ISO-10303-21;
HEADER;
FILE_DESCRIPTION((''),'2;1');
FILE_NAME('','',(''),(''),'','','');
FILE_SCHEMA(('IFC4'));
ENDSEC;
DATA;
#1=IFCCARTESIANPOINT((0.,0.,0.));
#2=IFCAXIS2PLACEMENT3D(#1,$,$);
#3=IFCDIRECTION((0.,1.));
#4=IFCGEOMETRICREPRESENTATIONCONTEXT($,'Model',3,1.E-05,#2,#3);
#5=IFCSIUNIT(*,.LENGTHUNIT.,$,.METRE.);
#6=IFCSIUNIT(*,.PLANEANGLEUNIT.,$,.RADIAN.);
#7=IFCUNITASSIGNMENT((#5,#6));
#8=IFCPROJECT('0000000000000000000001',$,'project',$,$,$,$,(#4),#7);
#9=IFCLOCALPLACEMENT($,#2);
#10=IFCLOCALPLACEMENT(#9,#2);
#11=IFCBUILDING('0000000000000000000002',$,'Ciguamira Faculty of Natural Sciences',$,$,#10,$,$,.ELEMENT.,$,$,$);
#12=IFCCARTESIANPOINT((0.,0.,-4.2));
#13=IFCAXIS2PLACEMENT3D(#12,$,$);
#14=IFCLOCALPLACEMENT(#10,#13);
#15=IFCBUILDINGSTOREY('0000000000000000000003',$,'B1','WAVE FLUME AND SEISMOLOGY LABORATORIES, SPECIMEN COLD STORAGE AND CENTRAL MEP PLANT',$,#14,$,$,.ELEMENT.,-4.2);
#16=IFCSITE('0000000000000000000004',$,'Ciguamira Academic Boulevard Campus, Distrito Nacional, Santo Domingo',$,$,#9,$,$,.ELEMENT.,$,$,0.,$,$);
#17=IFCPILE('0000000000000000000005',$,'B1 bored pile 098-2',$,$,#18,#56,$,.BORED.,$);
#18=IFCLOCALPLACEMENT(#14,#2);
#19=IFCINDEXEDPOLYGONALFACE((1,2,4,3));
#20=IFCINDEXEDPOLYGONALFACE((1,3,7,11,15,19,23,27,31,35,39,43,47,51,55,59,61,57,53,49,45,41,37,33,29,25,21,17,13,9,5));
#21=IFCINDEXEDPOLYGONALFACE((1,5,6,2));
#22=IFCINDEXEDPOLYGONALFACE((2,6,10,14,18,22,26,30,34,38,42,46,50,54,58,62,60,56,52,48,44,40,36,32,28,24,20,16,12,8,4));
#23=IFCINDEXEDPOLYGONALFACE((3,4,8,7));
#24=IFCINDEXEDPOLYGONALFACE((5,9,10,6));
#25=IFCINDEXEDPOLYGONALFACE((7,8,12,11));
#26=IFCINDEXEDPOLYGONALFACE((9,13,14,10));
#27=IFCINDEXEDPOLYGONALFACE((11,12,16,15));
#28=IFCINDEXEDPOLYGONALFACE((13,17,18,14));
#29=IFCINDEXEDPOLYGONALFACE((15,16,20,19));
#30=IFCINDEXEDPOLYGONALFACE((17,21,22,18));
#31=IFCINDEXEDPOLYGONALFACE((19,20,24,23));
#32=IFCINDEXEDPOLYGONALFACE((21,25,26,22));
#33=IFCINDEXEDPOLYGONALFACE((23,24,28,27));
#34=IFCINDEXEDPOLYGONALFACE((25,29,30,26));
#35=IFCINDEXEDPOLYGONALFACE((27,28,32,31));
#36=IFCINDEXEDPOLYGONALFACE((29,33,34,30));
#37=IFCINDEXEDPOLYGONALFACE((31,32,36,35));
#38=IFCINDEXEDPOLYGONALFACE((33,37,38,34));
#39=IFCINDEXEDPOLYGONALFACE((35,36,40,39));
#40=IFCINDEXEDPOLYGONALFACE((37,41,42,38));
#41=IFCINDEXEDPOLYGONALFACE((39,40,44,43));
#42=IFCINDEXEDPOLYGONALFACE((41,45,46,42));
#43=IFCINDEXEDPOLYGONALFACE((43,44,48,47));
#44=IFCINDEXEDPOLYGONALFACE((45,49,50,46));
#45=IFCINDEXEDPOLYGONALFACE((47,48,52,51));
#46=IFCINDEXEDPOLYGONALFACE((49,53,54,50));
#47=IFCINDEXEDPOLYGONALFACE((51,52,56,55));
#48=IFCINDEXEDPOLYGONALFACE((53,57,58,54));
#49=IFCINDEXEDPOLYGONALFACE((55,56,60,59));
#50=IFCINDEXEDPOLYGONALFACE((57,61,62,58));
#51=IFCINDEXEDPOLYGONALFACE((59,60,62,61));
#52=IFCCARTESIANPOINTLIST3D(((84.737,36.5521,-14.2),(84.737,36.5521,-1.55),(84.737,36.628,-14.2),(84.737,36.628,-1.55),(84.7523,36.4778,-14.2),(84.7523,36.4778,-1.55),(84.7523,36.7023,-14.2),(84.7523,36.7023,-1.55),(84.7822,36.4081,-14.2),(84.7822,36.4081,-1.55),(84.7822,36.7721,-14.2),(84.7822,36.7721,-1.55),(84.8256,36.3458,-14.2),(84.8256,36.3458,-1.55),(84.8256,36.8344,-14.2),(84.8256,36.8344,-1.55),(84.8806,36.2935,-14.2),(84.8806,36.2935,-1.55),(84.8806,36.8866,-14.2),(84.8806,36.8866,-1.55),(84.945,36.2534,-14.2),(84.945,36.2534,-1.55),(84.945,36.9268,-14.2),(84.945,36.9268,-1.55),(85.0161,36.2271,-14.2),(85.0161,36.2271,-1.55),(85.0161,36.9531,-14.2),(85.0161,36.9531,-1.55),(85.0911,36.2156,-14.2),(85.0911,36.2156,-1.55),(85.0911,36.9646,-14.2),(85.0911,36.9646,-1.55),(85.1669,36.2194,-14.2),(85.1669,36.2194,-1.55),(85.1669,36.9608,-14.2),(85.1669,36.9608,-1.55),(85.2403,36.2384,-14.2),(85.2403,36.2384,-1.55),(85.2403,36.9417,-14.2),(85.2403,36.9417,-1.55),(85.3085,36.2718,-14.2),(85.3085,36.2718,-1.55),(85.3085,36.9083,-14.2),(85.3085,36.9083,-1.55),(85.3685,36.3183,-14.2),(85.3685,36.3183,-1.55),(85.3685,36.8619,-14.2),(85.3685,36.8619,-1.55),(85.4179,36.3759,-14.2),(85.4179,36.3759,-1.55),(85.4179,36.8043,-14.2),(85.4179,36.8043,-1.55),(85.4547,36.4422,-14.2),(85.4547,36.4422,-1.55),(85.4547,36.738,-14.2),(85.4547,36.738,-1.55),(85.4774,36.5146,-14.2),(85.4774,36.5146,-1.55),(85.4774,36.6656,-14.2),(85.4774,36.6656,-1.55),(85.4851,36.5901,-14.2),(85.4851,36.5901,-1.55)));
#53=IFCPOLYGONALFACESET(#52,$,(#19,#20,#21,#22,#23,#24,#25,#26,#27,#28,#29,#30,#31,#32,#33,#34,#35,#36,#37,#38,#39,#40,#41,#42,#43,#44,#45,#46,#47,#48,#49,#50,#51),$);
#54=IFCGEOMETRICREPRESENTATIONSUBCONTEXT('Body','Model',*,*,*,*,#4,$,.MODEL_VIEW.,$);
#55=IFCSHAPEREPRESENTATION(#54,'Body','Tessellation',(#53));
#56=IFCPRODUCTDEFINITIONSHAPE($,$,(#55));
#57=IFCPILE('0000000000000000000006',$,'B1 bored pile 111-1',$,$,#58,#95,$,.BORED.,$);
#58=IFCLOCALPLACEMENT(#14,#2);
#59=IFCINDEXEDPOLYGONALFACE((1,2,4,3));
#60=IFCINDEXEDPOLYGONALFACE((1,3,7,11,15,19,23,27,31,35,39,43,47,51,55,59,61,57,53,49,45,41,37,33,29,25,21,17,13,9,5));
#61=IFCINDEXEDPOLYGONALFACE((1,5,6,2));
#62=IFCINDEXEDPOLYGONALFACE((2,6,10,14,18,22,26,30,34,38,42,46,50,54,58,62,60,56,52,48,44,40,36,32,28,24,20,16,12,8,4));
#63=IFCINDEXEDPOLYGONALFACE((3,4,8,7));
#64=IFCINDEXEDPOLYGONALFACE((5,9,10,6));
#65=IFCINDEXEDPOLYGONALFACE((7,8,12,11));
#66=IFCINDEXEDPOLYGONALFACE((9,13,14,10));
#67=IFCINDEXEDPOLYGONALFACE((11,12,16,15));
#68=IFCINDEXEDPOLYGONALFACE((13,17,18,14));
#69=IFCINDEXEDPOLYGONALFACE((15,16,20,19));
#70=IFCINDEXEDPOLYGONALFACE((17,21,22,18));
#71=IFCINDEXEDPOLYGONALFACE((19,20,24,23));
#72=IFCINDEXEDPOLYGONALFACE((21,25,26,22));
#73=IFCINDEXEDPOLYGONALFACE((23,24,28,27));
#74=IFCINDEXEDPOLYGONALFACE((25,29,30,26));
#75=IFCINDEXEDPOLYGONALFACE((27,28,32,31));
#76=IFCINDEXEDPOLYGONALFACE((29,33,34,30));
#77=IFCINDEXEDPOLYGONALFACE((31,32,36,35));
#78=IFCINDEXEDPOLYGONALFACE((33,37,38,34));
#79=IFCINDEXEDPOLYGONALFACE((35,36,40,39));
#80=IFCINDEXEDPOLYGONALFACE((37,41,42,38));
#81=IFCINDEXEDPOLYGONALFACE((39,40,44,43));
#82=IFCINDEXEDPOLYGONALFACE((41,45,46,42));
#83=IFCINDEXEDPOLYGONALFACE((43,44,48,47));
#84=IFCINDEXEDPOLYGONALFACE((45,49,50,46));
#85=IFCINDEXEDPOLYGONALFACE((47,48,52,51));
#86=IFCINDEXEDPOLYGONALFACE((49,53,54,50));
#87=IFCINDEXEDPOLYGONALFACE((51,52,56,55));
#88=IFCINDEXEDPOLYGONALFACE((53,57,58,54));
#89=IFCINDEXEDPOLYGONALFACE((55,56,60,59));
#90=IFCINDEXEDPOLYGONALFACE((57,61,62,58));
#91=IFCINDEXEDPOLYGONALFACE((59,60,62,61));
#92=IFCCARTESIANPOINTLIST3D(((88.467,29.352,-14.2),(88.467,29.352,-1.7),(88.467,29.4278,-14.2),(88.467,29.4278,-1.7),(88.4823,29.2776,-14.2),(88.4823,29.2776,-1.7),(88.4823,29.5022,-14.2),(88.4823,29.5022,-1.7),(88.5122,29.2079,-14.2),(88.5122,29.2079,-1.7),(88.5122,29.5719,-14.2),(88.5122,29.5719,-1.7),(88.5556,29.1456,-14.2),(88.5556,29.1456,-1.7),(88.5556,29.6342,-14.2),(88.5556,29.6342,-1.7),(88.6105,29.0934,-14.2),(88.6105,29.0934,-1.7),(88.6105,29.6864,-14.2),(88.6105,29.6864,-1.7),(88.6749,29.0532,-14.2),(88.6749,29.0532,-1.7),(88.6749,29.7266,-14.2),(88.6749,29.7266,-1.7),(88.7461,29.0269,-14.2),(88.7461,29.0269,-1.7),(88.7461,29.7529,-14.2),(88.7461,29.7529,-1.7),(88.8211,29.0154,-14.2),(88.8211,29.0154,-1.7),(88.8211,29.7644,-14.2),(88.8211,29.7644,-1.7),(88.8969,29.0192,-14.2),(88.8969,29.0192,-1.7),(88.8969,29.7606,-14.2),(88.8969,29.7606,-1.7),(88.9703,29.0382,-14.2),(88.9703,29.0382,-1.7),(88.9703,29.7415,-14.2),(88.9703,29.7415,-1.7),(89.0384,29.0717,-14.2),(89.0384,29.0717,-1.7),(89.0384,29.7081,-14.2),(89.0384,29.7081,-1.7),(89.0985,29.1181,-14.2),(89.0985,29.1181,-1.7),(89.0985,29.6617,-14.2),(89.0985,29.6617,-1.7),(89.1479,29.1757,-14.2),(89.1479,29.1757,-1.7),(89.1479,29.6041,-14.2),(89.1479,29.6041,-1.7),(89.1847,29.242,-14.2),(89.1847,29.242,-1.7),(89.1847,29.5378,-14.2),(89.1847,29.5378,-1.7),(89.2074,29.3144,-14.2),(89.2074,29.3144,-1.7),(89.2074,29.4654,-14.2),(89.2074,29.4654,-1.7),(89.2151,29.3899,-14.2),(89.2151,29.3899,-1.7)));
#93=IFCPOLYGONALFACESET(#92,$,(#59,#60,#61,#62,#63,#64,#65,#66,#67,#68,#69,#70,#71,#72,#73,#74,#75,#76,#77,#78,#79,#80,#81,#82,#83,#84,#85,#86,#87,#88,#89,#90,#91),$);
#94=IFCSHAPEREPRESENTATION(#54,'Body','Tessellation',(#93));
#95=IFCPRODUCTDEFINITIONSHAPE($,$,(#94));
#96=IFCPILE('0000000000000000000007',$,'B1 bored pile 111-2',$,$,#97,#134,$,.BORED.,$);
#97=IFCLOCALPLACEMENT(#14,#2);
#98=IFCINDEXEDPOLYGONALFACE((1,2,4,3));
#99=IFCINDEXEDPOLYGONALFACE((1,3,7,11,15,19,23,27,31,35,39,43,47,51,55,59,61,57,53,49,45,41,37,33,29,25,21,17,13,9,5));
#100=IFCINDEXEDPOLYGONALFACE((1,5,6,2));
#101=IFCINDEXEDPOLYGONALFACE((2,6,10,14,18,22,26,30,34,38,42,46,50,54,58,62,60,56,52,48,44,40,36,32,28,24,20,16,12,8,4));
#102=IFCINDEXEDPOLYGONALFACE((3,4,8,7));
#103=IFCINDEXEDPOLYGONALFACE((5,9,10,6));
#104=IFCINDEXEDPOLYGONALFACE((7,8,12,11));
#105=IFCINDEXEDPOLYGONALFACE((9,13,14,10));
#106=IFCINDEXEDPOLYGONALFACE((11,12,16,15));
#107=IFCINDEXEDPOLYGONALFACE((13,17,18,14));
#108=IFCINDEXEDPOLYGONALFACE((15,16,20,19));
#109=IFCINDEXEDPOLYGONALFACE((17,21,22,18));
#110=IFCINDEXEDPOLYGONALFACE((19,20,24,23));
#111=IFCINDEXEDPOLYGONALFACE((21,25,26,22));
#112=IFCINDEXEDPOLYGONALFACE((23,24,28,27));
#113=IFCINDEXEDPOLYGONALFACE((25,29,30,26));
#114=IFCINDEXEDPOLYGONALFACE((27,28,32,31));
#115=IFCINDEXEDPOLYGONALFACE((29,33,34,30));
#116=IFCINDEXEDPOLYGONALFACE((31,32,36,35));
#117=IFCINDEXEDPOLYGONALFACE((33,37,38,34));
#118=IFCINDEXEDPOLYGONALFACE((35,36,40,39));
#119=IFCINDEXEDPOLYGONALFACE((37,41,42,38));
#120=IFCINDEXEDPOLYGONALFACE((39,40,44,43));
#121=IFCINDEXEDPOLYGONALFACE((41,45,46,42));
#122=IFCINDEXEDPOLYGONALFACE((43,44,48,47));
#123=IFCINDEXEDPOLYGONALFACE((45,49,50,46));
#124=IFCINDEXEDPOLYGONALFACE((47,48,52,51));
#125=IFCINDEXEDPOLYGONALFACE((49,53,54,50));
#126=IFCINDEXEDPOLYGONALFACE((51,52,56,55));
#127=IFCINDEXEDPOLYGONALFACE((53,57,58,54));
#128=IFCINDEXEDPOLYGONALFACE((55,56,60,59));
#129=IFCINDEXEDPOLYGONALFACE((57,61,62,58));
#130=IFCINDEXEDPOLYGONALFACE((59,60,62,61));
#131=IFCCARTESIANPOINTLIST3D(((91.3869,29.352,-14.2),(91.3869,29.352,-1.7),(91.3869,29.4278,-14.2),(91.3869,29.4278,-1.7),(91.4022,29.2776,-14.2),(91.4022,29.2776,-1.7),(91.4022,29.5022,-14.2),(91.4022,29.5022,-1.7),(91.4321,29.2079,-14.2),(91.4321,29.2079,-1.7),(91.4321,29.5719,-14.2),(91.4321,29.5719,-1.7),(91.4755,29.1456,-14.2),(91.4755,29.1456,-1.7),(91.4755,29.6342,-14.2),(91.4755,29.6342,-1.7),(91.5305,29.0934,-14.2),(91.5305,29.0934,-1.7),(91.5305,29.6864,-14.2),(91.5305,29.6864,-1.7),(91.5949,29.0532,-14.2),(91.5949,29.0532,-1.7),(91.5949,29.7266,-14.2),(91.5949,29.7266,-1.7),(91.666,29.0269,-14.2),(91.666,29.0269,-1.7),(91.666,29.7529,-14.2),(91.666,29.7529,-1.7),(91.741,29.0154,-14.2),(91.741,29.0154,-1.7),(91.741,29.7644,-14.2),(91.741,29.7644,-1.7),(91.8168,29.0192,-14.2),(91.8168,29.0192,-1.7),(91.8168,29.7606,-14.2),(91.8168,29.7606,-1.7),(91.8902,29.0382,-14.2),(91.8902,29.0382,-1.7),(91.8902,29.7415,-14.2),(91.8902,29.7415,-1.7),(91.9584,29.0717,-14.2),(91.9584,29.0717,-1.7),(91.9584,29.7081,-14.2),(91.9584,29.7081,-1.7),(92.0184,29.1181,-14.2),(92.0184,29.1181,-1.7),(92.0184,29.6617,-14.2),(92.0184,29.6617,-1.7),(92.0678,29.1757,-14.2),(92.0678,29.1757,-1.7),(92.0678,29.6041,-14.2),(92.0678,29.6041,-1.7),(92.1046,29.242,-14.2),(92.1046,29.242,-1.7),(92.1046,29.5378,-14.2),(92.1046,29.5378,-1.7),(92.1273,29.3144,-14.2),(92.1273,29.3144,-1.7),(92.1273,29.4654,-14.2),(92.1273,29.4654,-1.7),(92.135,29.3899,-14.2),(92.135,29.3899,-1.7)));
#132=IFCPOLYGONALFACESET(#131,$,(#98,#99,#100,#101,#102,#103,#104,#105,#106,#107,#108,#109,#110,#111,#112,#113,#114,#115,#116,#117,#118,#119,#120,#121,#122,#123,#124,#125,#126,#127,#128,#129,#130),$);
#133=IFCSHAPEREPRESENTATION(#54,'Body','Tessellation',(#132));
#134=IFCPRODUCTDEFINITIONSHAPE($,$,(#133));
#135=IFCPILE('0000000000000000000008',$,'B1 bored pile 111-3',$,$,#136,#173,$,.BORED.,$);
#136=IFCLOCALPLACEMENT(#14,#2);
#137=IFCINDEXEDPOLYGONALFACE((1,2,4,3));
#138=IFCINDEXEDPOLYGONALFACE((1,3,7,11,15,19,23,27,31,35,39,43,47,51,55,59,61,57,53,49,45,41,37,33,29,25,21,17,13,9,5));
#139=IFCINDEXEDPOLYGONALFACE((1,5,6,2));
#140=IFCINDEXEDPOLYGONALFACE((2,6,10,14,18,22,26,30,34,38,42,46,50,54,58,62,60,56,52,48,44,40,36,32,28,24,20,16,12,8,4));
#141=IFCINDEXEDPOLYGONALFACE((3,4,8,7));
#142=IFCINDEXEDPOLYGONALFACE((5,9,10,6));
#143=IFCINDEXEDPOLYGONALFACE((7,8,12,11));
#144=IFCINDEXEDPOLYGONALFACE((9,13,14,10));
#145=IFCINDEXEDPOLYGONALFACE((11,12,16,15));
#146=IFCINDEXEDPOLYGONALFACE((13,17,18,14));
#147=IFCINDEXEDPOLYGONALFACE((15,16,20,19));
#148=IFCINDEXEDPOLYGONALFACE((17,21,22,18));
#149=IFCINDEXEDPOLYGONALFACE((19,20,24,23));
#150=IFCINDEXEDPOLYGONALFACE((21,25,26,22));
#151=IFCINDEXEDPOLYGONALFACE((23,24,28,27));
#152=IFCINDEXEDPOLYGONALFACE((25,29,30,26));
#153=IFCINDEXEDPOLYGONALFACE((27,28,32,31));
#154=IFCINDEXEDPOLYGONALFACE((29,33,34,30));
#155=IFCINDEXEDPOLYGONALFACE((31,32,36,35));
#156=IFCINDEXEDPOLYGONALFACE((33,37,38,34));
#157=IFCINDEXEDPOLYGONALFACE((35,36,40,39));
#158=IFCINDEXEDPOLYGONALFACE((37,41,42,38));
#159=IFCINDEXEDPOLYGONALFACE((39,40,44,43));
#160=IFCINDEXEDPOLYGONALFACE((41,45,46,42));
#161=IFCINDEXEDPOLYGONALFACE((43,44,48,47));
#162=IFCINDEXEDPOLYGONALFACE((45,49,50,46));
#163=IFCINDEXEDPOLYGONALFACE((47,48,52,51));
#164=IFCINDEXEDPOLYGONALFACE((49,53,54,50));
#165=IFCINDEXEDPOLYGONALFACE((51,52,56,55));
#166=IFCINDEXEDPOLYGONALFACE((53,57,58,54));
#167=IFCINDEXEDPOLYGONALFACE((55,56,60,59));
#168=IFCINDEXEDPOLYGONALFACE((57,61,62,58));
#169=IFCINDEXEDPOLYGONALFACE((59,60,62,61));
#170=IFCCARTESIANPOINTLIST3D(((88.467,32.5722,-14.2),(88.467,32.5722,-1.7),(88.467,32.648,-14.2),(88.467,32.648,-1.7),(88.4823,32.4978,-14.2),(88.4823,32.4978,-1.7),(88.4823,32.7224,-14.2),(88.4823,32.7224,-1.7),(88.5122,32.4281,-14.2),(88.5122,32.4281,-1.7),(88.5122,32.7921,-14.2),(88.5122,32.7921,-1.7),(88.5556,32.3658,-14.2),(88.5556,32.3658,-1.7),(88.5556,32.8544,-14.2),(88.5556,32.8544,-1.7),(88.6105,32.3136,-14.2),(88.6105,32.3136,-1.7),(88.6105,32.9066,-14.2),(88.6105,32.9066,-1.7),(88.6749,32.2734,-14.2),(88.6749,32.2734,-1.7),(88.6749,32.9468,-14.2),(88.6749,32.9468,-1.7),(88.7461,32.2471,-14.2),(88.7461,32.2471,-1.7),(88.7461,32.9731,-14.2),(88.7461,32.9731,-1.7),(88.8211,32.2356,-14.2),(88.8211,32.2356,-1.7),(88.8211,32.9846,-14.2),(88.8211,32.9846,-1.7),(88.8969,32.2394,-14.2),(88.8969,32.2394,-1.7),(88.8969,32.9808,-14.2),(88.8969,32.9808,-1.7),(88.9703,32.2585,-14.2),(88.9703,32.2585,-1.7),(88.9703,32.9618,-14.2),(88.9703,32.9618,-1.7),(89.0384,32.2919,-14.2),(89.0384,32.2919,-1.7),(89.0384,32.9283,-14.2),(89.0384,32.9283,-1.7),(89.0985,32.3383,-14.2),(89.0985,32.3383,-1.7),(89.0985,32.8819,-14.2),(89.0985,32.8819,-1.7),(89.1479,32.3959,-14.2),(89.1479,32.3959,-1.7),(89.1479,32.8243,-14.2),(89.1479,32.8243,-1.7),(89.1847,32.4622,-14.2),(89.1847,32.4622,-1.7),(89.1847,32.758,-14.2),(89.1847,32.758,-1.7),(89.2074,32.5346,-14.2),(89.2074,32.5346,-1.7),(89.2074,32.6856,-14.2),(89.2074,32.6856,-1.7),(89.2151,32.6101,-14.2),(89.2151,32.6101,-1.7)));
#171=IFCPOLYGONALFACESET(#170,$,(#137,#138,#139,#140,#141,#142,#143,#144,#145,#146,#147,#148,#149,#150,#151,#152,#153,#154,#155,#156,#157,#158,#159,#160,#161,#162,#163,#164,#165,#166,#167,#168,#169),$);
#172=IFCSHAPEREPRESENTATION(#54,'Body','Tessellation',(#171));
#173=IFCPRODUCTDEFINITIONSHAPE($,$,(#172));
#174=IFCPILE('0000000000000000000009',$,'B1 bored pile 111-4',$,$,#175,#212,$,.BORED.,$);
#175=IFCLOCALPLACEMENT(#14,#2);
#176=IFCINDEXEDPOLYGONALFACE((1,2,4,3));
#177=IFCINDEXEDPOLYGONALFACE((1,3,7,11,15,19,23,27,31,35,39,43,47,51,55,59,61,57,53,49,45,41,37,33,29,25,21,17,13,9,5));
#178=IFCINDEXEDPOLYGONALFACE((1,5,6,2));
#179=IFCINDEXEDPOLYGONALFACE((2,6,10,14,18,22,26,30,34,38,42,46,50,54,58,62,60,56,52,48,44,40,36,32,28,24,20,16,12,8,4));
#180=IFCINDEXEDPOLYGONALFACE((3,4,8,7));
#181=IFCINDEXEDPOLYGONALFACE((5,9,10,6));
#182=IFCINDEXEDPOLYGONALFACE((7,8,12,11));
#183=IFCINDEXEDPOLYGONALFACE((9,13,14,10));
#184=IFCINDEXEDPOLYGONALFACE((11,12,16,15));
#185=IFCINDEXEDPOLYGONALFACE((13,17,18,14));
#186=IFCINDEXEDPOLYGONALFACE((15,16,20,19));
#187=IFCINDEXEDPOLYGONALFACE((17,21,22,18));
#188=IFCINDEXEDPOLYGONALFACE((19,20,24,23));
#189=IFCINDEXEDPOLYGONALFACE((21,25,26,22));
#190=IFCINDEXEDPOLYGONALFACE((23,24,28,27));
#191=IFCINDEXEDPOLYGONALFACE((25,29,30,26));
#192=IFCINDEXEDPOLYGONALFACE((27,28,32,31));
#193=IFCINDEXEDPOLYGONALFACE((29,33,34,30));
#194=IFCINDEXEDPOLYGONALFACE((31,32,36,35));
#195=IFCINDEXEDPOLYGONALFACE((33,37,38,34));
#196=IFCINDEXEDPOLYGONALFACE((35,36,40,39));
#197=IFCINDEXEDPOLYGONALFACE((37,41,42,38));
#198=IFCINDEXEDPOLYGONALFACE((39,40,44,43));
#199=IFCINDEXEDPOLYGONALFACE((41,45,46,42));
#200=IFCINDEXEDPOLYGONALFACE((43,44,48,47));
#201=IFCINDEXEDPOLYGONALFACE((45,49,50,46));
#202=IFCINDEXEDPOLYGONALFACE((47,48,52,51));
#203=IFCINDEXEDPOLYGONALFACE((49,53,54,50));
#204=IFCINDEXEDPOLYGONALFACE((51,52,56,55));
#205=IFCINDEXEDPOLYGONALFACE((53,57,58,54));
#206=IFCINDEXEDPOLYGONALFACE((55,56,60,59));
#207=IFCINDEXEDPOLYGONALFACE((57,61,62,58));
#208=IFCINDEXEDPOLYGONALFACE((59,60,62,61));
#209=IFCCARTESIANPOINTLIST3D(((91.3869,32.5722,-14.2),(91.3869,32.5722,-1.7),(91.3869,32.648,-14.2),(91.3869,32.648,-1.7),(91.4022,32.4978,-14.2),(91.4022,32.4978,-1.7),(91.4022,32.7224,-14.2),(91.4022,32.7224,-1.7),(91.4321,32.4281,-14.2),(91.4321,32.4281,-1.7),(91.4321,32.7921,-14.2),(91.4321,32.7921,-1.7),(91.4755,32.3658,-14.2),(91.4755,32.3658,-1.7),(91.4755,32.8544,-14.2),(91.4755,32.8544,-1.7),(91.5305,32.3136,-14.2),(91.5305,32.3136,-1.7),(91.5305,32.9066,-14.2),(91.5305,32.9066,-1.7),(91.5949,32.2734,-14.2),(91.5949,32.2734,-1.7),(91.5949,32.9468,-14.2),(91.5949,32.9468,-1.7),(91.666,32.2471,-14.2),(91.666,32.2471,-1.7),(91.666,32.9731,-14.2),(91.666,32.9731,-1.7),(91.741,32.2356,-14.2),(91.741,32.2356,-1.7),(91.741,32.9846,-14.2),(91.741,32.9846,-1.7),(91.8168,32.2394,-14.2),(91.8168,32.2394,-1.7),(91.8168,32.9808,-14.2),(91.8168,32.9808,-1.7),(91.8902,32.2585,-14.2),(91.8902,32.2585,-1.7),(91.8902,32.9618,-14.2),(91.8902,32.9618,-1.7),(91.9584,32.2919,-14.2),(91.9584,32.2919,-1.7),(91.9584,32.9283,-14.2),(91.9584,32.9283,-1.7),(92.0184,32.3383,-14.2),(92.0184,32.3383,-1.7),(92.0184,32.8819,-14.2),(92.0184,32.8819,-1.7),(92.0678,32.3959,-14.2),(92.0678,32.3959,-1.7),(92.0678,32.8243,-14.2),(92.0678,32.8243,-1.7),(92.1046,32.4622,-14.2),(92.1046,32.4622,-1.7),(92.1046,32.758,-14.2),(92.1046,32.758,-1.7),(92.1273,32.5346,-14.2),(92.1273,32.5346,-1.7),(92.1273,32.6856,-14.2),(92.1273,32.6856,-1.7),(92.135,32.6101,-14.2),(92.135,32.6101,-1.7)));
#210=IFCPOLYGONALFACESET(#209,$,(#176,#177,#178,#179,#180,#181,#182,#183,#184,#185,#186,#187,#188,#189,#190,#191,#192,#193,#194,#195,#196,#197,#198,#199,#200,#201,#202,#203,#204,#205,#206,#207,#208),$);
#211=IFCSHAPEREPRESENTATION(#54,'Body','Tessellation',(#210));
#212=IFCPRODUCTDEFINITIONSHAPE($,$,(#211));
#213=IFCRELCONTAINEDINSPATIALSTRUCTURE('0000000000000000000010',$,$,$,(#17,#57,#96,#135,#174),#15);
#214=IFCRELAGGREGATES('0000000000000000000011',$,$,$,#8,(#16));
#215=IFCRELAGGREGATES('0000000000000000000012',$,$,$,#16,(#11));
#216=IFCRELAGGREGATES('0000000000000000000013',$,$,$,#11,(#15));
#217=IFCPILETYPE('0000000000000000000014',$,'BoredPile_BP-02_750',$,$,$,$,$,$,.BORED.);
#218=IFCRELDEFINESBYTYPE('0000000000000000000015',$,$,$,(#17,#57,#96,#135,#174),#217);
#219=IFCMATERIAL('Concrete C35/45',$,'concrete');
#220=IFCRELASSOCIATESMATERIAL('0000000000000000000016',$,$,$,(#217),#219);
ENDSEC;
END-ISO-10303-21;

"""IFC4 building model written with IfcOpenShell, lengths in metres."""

from ifc_helpers import new_model, si_unit, direction, frame, origin, origin_2d, place, context, subcontext, project, spatial, circle, extrude, material, material_profile, profile_set, type_object, element, save


model = new_model("IFC4")

# Units and contexts
model_context = context("Model", 3, precision=1e-05, world=origin(), true_north=direction((0.0, 1.0)))
body_context = subcontext(model_context, "Body", "Model", "MODEL_VIEW")
ifc_project = project(units=[si_unit("LENGTHUNIT", "METRE"), si_unit("PLANEANGLEUNIT", "RADIAN")], contexts=[model_context])

# Site, building, storey
site_placement = place(None, origin())
site = spatial("IfcSite", under=ifc_project, at=site_placement, Name="Ciguamira Academic Boulevard Campus, Distrito Nacional, Santo Domingo", CompositionType="ELEMENT", RefElevation=0.0)
building_placement = place(site_placement, origin())
building = spatial("IfcBuilding", under=site, at=building_placement, Name="Ciguamira Faculty of Natural Sciences", CompositionType="ELEMENT")
storey_placement = place(building_placement, frame((0.0, 0.0, -4.2)))
storey = spatial("IfcBuildingStorey", under=building, at=storey_placement, Name="B1", Description="WAVE FLUME AND SEISMOLOGY LABORATORIES, SPECIMEN COLD STORAGE AND CENTRAL MEP PLANT", CompositionType="ELEMENT", Elevation=-4.2)

# Piles
ifc_material_1 = material(Name="Concrete C35/45", Category="concrete")
ifc_material_profile_1 = material_profile(ifc_material_1, circle(Radius=0.375, at=origin_2d()), Name="PILE-BORED-750")
ifc_profile_set_1 = profile_set([ifc_material_profile_1], Name="Concrete C35/45")
pile_type = type_object("IfcPileType", Name="BoredPile_BP-02_750", PredefinedType="BORED", material=ifc_profile_set_1)
pile_1_placement = place(storey_placement, frame((85.1101, 36.5901, -1.55), z_axis=(0.0, 0.0, -1.0), x_axis=(1.0, 0.0, 0.0)))
element("IfcPile", 1, at=pile_1_placement, inside=storey, type_object=pile_type, Name="B1 bored pile 098-2", PredefinedType="BORED", context=body_context, shape_type="SweptSolid", body=[
    extrude(circle(Radius=0.375, at=origin_2d()), origin(), (0.0, 0.0, 1.0), 12.6499),
])
for number, where, z_axis, x_axis, name in (
    (2, (88.8401, 29.3899, -1.7), (0.0, 0.0, -1.0), (1.0, 0.0, 0.0), "B1 bored pile 111-1"),
    (3, (91.76, 29.3899, -1.7), (0.0, 0.0, -1.0), (1.0, 0.0, 0.0), "B1 bored pile 111-2"),
    (4, (88.8401, 32.6101, -1.7), (0.0, 0.0, -1.0), (1.0, 0.0, 0.0), "B1 bored pile 111-3"),
    (5, (91.76, 32.6101, -1.7), (0.0, 0.0, -1.0), (1.0, 0.0, 0.0), "B1 bored pile 111-4"),
):
    element("IfcPile", number, at=place(storey_placement, frame(where, z_axis=z_axis, x_axis=x_axis)), inside=storey, type_object=pile_type, Name=name, PredefinedType="BORED", context=body_context, shape_type="SweptSolid", body=[
        extrude(circle(Radius=0.375, at=origin_2d()), origin(), (0.0, 0.0, 1.0), 12.5),
    ])

save(model, "model.ifc")
